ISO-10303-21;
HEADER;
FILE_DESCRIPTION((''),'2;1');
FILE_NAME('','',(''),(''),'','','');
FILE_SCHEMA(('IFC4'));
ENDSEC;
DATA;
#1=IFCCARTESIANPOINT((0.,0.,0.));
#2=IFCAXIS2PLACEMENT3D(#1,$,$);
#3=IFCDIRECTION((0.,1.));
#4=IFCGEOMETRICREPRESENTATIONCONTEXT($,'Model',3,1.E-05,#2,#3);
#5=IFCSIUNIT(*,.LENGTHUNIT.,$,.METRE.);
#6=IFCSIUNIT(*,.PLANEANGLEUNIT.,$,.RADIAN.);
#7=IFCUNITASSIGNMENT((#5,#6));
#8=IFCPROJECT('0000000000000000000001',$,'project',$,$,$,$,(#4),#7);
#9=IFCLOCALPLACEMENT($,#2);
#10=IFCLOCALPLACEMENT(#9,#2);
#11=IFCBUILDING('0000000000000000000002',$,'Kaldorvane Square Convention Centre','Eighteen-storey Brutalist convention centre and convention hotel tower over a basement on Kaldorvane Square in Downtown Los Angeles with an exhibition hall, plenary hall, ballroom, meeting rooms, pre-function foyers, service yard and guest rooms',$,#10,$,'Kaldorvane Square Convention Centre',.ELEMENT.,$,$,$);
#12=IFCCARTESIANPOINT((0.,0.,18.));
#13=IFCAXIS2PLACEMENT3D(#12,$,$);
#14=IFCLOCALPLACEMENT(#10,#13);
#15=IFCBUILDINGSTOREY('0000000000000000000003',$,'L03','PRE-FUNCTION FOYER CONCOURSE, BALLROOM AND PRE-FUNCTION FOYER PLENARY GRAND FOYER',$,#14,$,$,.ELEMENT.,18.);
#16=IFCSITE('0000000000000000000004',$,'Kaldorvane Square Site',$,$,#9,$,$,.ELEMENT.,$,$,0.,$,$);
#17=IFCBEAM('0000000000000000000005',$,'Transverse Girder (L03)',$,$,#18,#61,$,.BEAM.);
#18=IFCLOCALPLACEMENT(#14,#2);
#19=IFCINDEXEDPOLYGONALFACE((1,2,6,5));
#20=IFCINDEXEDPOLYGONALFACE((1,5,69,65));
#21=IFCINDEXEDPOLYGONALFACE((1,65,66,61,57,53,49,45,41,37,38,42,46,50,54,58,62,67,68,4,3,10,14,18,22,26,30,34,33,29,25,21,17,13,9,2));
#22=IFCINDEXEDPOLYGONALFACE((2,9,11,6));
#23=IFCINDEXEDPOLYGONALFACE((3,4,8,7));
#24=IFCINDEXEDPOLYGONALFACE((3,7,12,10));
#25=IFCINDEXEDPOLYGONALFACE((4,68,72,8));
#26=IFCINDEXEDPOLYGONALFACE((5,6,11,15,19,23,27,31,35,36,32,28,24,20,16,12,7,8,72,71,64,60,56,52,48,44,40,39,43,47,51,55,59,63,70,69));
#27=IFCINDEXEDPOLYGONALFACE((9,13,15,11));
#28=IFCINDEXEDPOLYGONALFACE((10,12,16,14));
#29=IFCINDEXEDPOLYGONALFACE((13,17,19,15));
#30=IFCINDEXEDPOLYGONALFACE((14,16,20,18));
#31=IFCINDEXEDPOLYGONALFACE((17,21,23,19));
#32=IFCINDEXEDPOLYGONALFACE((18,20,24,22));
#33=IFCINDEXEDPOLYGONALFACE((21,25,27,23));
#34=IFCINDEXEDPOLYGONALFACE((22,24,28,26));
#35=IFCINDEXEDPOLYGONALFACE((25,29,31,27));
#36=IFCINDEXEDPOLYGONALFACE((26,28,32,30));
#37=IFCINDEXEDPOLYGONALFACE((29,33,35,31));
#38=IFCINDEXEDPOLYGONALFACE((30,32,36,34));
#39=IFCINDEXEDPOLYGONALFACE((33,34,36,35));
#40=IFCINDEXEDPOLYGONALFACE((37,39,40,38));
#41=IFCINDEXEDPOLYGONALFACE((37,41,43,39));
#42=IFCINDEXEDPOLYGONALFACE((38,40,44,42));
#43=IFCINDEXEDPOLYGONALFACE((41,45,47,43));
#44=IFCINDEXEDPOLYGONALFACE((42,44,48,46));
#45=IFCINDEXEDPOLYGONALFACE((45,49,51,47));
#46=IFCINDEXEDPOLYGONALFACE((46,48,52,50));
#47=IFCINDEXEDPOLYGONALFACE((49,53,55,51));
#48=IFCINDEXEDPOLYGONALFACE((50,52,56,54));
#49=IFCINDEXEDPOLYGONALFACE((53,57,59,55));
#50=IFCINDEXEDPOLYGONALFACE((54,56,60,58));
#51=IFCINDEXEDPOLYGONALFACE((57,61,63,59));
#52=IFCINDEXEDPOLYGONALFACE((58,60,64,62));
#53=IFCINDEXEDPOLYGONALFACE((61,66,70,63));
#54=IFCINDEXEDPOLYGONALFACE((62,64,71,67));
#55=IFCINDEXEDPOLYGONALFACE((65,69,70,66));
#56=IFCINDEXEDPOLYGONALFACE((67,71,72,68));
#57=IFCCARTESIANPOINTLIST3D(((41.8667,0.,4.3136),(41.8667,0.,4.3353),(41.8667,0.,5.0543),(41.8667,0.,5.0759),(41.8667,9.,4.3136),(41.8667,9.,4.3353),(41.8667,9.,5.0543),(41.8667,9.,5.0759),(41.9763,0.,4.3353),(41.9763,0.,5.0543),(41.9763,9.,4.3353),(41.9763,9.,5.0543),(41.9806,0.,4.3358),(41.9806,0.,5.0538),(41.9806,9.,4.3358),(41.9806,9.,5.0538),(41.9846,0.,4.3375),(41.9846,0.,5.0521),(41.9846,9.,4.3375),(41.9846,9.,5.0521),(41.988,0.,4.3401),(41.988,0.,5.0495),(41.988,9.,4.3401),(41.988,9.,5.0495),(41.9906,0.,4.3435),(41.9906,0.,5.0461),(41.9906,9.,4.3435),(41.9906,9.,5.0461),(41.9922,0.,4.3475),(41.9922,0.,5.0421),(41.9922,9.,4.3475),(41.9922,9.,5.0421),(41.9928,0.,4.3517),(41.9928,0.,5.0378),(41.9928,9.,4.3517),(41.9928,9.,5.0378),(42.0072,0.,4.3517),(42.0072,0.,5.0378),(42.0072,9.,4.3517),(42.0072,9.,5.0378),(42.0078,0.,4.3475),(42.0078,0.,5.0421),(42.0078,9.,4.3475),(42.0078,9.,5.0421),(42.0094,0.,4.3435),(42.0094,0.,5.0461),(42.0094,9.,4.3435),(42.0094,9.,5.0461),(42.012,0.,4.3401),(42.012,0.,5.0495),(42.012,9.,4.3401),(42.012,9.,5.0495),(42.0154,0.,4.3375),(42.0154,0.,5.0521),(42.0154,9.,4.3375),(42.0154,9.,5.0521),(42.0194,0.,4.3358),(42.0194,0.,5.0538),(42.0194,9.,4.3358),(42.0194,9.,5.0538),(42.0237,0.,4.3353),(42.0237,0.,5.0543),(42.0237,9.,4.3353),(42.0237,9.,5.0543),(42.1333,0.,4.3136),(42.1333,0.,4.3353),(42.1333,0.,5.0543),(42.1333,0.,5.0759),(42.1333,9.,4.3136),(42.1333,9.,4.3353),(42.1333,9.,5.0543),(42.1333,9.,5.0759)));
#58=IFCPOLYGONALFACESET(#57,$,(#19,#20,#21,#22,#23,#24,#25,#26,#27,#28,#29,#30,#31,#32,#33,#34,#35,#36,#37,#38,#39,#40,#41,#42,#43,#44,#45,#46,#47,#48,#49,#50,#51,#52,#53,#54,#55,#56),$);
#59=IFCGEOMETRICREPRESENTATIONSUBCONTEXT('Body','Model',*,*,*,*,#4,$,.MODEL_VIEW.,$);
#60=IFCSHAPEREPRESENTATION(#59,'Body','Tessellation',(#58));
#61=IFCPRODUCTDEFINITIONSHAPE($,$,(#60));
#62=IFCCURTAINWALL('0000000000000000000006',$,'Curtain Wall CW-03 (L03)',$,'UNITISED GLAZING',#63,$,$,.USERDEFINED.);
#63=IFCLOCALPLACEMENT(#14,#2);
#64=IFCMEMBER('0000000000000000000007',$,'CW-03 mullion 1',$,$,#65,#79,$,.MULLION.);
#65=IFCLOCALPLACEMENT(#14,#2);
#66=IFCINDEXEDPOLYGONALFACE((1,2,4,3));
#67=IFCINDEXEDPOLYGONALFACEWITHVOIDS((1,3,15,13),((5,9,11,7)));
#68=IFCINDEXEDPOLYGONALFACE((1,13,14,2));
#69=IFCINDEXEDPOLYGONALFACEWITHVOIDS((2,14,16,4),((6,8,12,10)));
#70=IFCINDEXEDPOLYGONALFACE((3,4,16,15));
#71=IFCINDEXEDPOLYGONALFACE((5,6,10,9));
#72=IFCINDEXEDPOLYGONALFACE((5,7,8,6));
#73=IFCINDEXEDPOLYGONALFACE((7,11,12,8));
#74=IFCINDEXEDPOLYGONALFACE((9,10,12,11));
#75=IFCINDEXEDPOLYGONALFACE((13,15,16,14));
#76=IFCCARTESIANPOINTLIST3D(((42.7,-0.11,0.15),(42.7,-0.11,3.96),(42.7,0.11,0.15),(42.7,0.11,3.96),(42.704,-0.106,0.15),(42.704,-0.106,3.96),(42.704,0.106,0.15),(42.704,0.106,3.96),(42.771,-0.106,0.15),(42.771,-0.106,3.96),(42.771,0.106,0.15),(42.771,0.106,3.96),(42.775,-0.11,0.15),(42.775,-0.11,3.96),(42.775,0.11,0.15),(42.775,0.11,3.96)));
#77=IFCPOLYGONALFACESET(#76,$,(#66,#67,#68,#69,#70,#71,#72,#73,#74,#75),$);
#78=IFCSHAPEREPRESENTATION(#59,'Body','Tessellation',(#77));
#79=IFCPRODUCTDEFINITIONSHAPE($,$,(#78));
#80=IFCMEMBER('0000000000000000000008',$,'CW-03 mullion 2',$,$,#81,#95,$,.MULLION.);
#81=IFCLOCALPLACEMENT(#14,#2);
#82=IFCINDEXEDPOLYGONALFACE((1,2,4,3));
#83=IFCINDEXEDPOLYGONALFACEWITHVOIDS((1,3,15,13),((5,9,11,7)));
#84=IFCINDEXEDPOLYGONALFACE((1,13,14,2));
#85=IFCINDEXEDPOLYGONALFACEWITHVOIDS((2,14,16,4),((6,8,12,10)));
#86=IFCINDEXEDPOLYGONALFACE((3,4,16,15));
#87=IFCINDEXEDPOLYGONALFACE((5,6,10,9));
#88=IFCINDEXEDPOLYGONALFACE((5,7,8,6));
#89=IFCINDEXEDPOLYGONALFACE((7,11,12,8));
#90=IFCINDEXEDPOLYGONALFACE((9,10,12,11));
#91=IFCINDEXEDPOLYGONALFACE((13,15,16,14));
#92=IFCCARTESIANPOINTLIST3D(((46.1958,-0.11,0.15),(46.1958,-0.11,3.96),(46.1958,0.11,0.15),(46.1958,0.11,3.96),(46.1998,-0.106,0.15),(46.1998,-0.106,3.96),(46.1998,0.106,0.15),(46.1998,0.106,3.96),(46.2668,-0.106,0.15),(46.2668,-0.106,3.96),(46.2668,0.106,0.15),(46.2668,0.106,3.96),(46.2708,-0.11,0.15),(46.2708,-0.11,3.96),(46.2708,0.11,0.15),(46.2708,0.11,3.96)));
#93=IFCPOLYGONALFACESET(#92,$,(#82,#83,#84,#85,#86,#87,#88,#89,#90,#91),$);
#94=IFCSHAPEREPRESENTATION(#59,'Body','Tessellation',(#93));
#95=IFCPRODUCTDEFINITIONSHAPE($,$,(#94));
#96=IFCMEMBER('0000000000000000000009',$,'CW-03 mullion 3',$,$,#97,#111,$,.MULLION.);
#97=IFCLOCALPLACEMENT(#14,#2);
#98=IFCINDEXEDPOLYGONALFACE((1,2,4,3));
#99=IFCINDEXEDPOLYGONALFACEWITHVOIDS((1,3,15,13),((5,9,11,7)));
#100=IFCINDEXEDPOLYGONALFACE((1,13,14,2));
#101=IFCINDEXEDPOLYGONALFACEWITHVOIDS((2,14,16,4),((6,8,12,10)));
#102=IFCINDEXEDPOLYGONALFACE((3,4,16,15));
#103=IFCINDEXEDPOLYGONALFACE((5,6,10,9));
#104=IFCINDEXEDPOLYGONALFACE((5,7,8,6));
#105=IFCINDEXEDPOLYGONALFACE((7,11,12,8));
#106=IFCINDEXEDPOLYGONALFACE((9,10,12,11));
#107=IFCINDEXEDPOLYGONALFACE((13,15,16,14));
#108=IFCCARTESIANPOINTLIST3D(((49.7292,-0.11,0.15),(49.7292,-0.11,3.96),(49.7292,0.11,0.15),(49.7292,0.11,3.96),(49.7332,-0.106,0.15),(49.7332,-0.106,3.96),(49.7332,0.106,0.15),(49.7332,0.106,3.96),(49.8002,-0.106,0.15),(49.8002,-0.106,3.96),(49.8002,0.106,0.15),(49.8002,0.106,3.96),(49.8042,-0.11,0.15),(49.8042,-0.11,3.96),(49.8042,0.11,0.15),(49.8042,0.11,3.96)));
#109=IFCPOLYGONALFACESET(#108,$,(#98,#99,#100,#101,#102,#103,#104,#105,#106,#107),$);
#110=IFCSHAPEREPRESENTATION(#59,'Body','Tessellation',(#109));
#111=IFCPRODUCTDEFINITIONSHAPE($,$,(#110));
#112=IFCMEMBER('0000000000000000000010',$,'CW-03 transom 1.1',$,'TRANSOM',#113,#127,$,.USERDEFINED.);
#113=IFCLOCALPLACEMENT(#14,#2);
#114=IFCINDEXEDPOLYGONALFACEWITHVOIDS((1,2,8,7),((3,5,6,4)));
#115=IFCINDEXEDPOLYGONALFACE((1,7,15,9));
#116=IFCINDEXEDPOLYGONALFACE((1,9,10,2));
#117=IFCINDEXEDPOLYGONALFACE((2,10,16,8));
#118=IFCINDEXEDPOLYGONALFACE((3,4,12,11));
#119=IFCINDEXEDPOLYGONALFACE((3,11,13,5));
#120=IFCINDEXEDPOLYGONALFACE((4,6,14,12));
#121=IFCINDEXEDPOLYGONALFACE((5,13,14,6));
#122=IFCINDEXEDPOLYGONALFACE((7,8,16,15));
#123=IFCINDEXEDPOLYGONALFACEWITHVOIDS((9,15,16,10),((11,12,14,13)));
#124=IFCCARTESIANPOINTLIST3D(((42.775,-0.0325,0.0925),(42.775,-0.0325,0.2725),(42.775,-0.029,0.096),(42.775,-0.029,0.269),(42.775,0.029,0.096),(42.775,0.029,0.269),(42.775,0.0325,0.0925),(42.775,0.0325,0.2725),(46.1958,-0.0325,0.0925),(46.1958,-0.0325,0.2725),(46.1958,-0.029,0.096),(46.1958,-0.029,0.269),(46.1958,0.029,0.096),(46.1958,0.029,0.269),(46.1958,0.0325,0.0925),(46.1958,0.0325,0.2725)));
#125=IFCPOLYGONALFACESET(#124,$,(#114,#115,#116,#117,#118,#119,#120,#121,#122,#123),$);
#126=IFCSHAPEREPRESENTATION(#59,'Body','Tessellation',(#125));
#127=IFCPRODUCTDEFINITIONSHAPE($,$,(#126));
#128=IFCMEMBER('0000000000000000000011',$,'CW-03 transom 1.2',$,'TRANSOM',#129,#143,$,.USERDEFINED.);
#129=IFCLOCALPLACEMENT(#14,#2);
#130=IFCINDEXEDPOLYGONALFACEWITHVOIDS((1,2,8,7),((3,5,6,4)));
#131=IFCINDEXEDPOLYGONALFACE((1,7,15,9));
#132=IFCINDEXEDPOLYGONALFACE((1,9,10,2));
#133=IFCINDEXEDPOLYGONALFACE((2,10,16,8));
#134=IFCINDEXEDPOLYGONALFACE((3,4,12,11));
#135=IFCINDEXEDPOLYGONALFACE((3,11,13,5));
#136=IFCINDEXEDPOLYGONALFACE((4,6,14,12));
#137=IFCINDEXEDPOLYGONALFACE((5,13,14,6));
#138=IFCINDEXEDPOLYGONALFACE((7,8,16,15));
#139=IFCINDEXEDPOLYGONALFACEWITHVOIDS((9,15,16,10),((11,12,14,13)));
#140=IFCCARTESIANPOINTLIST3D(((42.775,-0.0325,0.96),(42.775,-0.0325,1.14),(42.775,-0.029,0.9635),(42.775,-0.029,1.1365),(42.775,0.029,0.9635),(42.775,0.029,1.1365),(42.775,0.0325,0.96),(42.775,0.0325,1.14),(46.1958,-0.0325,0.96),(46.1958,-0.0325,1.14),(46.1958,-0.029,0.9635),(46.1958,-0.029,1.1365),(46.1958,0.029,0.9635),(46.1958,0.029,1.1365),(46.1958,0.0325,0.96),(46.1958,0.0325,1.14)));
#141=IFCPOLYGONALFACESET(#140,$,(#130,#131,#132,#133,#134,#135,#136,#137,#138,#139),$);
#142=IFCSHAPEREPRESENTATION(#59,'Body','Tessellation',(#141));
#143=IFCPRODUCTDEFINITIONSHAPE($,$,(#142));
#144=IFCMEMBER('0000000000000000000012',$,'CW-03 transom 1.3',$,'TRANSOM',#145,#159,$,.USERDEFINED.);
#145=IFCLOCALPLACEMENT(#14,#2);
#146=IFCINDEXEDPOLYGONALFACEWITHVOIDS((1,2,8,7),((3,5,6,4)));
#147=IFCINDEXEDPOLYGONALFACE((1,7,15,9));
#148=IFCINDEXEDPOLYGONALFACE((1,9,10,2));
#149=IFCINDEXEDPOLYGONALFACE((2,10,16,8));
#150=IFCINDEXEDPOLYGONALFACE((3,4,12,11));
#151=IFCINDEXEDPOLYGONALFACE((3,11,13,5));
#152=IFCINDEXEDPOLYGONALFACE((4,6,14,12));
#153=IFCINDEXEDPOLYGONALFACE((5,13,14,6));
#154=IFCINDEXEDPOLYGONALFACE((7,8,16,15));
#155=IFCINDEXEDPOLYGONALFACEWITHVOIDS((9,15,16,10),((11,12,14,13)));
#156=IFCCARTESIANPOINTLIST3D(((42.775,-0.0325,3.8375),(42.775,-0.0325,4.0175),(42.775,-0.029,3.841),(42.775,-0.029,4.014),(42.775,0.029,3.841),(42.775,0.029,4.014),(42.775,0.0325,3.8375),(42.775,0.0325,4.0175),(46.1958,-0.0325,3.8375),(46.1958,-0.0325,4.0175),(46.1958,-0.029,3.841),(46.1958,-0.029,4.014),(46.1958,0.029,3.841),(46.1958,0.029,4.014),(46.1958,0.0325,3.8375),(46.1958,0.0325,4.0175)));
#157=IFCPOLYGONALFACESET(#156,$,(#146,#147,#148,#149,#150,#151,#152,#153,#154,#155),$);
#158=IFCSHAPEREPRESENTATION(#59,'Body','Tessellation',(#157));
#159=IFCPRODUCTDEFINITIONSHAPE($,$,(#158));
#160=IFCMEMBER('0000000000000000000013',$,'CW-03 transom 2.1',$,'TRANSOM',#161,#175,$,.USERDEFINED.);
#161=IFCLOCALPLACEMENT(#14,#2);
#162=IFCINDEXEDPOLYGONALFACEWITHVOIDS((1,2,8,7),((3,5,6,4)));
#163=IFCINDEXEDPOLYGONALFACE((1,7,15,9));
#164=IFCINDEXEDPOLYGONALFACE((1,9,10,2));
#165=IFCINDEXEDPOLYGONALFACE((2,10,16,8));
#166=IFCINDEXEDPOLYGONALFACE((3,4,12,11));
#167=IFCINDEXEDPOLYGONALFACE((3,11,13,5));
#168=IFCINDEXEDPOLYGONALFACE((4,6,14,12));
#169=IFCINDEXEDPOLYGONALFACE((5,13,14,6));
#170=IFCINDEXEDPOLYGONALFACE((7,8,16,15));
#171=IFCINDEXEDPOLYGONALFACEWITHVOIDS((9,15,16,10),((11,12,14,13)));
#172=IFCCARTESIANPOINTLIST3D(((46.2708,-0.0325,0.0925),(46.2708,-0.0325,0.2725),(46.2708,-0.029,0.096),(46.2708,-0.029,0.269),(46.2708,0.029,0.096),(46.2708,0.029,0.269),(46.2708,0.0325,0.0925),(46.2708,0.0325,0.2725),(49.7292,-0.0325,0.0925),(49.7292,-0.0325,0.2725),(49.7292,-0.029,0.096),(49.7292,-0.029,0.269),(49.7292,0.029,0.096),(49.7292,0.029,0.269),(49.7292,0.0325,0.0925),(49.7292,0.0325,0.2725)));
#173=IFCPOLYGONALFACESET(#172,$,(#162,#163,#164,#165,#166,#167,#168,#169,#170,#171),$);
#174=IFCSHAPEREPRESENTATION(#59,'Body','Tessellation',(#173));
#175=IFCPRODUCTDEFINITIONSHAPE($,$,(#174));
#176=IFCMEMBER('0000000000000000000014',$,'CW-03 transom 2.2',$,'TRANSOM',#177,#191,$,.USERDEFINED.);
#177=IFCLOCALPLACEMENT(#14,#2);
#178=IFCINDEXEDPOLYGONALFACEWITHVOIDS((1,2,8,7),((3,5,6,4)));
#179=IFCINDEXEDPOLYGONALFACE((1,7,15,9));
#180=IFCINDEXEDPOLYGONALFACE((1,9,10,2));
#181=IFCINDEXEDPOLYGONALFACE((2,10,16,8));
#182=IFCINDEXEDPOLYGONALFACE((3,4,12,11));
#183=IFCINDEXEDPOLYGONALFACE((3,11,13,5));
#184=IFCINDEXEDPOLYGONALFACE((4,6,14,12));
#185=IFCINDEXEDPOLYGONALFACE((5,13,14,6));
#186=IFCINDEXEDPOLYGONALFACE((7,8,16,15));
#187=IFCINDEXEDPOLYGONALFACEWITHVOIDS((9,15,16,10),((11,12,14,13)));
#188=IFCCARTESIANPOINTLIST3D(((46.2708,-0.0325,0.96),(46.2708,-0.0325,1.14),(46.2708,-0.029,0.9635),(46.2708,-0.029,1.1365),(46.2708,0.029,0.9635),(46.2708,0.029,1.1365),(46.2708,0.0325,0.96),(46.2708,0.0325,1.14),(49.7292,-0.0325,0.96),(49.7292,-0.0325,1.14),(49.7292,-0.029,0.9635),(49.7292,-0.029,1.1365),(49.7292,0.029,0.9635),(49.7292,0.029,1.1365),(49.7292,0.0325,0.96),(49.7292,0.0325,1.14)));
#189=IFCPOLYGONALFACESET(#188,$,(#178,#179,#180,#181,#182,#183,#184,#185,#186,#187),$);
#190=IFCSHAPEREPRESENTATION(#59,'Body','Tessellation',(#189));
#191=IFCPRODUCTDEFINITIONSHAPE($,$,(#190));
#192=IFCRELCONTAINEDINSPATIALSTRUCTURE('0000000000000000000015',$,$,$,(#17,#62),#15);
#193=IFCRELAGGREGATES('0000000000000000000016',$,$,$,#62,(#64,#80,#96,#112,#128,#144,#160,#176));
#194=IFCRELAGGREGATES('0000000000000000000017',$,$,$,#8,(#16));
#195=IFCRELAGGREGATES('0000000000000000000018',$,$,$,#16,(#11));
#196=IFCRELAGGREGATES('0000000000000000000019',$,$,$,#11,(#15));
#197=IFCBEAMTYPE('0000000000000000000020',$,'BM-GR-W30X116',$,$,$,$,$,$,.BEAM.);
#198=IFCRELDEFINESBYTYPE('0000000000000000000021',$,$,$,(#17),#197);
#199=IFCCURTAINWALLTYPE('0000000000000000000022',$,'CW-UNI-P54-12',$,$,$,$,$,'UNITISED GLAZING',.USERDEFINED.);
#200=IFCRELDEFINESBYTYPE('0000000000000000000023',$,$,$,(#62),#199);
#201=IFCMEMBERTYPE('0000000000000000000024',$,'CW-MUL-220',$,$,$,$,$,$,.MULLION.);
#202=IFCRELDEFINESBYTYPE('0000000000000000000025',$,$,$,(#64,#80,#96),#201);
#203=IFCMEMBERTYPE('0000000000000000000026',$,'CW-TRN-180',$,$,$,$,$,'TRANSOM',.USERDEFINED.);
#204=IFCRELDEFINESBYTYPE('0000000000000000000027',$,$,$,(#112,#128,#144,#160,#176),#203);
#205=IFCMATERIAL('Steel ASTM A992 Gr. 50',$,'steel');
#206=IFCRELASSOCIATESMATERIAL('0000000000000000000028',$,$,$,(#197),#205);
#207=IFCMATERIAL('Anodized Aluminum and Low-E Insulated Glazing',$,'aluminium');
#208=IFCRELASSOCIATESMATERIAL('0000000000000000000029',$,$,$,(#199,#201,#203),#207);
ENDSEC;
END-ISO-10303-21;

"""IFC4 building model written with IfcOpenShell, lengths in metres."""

from ifc_helpers import new_model, si_unit, direction, frame, origin, origin_2d, place, context, subcontext, project, spatial, hollow_rectangle, i_section, extrude, material, material_profile, profile_set, type_object, element, aggregate, save


model = new_model("IFC4")

# Units and contexts
model_context = context("Model", 3, precision=1e-05, world=origin(), true_north=direction((0.0, 1.0)))
body_context = subcontext(model_context, "Body", "Model", "MODEL_VIEW")
ifc_project = project(units=[si_unit("LENGTHUNIT", "METRE"), si_unit("PLANEANGLEUNIT", "RADIAN")], contexts=[model_context])

# Site, building, storey
site_placement = place(None, origin())
site = spatial("IfcSite", under=ifc_project, at=site_placement, Name="Kaldorvane Square Site", CompositionType="ELEMENT", RefElevation=0.0)
building_placement = place(site_placement, origin())
building = spatial("IfcBuilding", under=site, at=building_placement, Name="Kaldorvane Square Convention Centre", Description="Eighteen-storey Brutalist convention centre and convention hotel tower over a basement on Kaldorvane Square in Downtown Los Angeles with an exhibition hall, plenary hall, ballroom, meeting rooms, pre-function foyers, service yard and guest rooms", LongName="Kaldorvane Square Convention Centre", CompositionType="ELEMENT")
storey_placement = place(building_placement, frame((0.0, 0.0, 18.0)))
storey = spatial("IfcBuildingStorey", under=building, at=storey_placement, Name="L03", Description="PRE-FUNCTION FOYER CONCOURSE, BALLROOM AND PRE-FUNCTION FOYER PLENARY GRAND FOYER", CompositionType="ELEMENT", Elevation=18.0)

# Beam
ifc_material_1 = material(Name="Steel ASTM A992 Gr. 50", Category="steel")
ifc_material_profile_1 = material_profile(ifc_material_1, i_section(OverallWidth=0.2666, OverallDepth=0.7623, WebThickness=0.0144, FlangeThickness=0.0216, FilletRadius=0.0165, at=origin_2d()), Name="W30X116")
ifc_profile_set_1 = profile_set([ifc_material_profile_1], Name="Steel ASTM A992 Gr. 50")
beam_type = type_object("IfcBeamType", Name="BM-GR-W30X116", PredefinedType="BEAM", material=ifc_profile_set_1)
beam_placement = place(storey_placement, frame((42.0, 0.0, 4.6948), z_axis=(0.0, 1.0, 0.0), x_axis=(-1.0, 0.0, 0.0)))
element("IfcBeam", 1, at=beam_placement, inside=storey, type_object=beam_type, Name="Transverse Girder (L03)", PredefinedType="BEAM", context=body_context, shape_type="SweptSolid", body=[
    extrude(i_section(OverallWidth=0.2666, OverallDepth=0.7623, WebThickness=0.0144, FlangeThickness=0.0216, FilletRadius=0.0165, at=origin_2d()), origin(), (0.0, 0.0, 1.0), 9.0),
])

# Curtain wall, members
ifc_material_2 = material(Name="Anodized Aluminum and Low-E Insulated Glazing", Category="aluminium")
curtain_wall_type = type_object("IfcCurtainWallType", Name="CW-UNI-P54-12", ElementType="UNITISED GLAZING", PredefinedType="USERDEFINED", material=ifc_material_2)
curtain_wall_placement = place(storey_placement, origin())
curtain_wall = element("IfcCurtainWall", 2, at=curtain_wall_placement, inside=storey, type_object=curtain_wall_type, Name="Curtain Wall CW-03 (L03)", ObjectType="UNITISED GLAZING", PredefinedType="USERDEFINED")
ifc_material_profile_2 = material_profile(ifc_material_2, hollow_rectangle(XDim=0.075, YDim=0.22, WallThickness=0.004, at=origin_2d()), Name="CWM-220X75")
ifc_profile_set_2 = profile_set([ifc_material_profile_2], Name="Anodized Aluminum and Low-E Insulated Glazing")
member_type_1 = type_object("IfcMemberType", Name="CW-MUL-220", PredefinedType="MULLION", material=ifc_profile_set_2)
member_1_placement = place(storey_placement, frame((42.7375, 0.0, 0.15), z_axis=(0.0, 0.0, 1.0), x_axis=(1.0, 0.0, 0.0)))
member_1 = element("IfcMember", 3, at=member_1_placement, type_object=member_type_1, Name="CW-03 mullion 1", PredefinedType="MULLION", context=body_context, shape_type="SweptSolid", body=[
    extrude(hollow_rectangle(XDim=0.075, YDim=0.22, WallThickness=0.004, at=origin_2d()), origin(), (0.0, 0.0, 1.0), 3.81),
])
member_2_placement = place(storey_placement, frame((46.2333, 0.0, 0.15), z_axis=(0.0, 0.0, 1.0), x_axis=(1.0, 0.0, 0.0)))
member_2 = element("IfcMember", 4, at=member_2_placement, type_object=member_type_1, Name="CW-03 mullion 2", PredefinedType="MULLION", context=body_context, shape_type="SweptSolid", body=[
    extrude(hollow_rectangle(XDim=0.075, YDim=0.22, WallThickness=0.004, at=origin_2d()), origin(), (0.0, 0.0, 1.0), 3.81),
])
member_3_placement = place(storey_placement, frame((49.7667, 0.0, 0.15), z_axis=(0.0, 0.0, 1.0), x_axis=(1.0, 0.0, 0.0)))
member_3 = element("IfcMember", 5, at=member_3_placement, type_object=member_type_1, Name="CW-03 mullion 3", PredefinedType="MULLION", context=body_context, shape_type="SweptSolid", body=[
    extrude(hollow_rectangle(XDim=0.075, YDim=0.22, WallThickness=0.004, at=origin_2d()), origin(), (0.0, 0.0, 1.0), 3.81),
])
ifc_material_profile_3 = material_profile(ifc_material_2, hollow_rectangle(XDim=0.065, YDim=0.18, WallThickness=0.0035, at=origin_2d()), Name="CWT-180X65")
ifc_profile_set_3 = profile_set([ifc_material_profile_3], Name="Anodized Aluminum and Low-E Insulated Glazing")
member_type_2 = type_object("IfcMemberType", Name="CW-TRN-180", ElementType="TRANSOM", PredefinedType="USERDEFINED", material=ifc_profile_set_3)
member_4_placement = place(storey_placement, frame((42.775, 0.0, 0.1825), z_axis=(1.0, 0.0, 0.0), x_axis=(0.0, 1.0, 0.0)))
member_4 = element("IfcMember", 6, at=member_4_placement, type_object=member_type_2, Name="CW-03 transom 1.1", ObjectType="TRANSOM", PredefinedType="USERDEFINED", context=body_context, shape_type="SweptSolid", body=[
    extrude(hollow_rectangle(XDim=0.065, YDim=0.18, WallThickness=0.0035, at=origin_2d()), origin(), (0.0, 0.0, 1.0), 3.4208),
])
member_5_placement = place(storey_placement, frame((42.775, 0.0, 1.05), z_axis=(1.0, 0.0, 0.0), x_axis=(0.0, 1.0, 0.0)))
member_5 = element("IfcMember", 7, at=member_5_placement, type_object=member_type_2, Name="CW-03 transom 1.2", ObjectType="TRANSOM", PredefinedType="USERDEFINED", context=body_context, shape_type="SweptSolid", body=[
    extrude(hollow_rectangle(XDim=0.065, YDim=0.18, WallThickness=0.0035, at=origin_2d()), origin(), (0.0, 0.0, 1.0), 3.4208),
])
member_6_placement = place(storey_placement, frame((42.775, 0.0, 3.9275), z_axis=(1.0, 0.0, 0.0), x_axis=(0.0, 1.0, 0.0)))
member_6 = element("IfcMember", 8, at=member_6_placement, type_object=member_type_2, Name="CW-03 transom 1.3", ObjectType="TRANSOM", PredefinedType="USERDEFINED", context=body_context, shape_type="SweptSolid", body=[
    extrude(hollow_rectangle(XDim=0.065, YDim=0.18, WallThickness=0.0035, at=origin_2d()), origin(), (0.0, 0.0, 1.0), 3.4208),
])
member_7_placement = place(storey_placement, frame((46.2708, 0.0, 0.1825), z_axis=(1.0, 0.0, 0.0), x_axis=(0.0, 1.0, 0.0)))
member_7 = element("IfcMember", 9, at=member_7_placement, type_object=member_type_2, Name="CW-03 transom 2.1", ObjectType="TRANSOM", PredefinedType="USERDEFINED", context=body_context, shape_type="SweptSolid", body=[
    extrude(hollow_rectangle(XDim=0.065, YDim=0.18, WallThickness=0.0035, at=origin_2d()), origin(), (0.0, 0.0, 1.0), 3.4583),
])
member_8_placement = place(storey_placement, frame((46.2708, 0.0, 1.05), z_axis=(1.0, 0.0, 0.0), x_axis=(0.0, 1.0, 0.0)))
member_8 = element("IfcMember", 10, at=member_8_placement, type_object=member_type_2, Name="CW-03 transom 2.2", ObjectType="TRANSOM", PredefinedType="USERDEFINED", context=body_context, shape_type="SweptSolid", body=[
    extrude(hollow_rectangle(XDim=0.065, YDim=0.18, WallThickness=0.0035, at=origin_2d()), origin(), (0.0, 0.0, 1.0), 3.4583),
])
aggregate(curtain_wall, [member_1, member_2, member_3, member_4, member_5, member_6, member_7, member_8])

save(model, "model.ifc")
